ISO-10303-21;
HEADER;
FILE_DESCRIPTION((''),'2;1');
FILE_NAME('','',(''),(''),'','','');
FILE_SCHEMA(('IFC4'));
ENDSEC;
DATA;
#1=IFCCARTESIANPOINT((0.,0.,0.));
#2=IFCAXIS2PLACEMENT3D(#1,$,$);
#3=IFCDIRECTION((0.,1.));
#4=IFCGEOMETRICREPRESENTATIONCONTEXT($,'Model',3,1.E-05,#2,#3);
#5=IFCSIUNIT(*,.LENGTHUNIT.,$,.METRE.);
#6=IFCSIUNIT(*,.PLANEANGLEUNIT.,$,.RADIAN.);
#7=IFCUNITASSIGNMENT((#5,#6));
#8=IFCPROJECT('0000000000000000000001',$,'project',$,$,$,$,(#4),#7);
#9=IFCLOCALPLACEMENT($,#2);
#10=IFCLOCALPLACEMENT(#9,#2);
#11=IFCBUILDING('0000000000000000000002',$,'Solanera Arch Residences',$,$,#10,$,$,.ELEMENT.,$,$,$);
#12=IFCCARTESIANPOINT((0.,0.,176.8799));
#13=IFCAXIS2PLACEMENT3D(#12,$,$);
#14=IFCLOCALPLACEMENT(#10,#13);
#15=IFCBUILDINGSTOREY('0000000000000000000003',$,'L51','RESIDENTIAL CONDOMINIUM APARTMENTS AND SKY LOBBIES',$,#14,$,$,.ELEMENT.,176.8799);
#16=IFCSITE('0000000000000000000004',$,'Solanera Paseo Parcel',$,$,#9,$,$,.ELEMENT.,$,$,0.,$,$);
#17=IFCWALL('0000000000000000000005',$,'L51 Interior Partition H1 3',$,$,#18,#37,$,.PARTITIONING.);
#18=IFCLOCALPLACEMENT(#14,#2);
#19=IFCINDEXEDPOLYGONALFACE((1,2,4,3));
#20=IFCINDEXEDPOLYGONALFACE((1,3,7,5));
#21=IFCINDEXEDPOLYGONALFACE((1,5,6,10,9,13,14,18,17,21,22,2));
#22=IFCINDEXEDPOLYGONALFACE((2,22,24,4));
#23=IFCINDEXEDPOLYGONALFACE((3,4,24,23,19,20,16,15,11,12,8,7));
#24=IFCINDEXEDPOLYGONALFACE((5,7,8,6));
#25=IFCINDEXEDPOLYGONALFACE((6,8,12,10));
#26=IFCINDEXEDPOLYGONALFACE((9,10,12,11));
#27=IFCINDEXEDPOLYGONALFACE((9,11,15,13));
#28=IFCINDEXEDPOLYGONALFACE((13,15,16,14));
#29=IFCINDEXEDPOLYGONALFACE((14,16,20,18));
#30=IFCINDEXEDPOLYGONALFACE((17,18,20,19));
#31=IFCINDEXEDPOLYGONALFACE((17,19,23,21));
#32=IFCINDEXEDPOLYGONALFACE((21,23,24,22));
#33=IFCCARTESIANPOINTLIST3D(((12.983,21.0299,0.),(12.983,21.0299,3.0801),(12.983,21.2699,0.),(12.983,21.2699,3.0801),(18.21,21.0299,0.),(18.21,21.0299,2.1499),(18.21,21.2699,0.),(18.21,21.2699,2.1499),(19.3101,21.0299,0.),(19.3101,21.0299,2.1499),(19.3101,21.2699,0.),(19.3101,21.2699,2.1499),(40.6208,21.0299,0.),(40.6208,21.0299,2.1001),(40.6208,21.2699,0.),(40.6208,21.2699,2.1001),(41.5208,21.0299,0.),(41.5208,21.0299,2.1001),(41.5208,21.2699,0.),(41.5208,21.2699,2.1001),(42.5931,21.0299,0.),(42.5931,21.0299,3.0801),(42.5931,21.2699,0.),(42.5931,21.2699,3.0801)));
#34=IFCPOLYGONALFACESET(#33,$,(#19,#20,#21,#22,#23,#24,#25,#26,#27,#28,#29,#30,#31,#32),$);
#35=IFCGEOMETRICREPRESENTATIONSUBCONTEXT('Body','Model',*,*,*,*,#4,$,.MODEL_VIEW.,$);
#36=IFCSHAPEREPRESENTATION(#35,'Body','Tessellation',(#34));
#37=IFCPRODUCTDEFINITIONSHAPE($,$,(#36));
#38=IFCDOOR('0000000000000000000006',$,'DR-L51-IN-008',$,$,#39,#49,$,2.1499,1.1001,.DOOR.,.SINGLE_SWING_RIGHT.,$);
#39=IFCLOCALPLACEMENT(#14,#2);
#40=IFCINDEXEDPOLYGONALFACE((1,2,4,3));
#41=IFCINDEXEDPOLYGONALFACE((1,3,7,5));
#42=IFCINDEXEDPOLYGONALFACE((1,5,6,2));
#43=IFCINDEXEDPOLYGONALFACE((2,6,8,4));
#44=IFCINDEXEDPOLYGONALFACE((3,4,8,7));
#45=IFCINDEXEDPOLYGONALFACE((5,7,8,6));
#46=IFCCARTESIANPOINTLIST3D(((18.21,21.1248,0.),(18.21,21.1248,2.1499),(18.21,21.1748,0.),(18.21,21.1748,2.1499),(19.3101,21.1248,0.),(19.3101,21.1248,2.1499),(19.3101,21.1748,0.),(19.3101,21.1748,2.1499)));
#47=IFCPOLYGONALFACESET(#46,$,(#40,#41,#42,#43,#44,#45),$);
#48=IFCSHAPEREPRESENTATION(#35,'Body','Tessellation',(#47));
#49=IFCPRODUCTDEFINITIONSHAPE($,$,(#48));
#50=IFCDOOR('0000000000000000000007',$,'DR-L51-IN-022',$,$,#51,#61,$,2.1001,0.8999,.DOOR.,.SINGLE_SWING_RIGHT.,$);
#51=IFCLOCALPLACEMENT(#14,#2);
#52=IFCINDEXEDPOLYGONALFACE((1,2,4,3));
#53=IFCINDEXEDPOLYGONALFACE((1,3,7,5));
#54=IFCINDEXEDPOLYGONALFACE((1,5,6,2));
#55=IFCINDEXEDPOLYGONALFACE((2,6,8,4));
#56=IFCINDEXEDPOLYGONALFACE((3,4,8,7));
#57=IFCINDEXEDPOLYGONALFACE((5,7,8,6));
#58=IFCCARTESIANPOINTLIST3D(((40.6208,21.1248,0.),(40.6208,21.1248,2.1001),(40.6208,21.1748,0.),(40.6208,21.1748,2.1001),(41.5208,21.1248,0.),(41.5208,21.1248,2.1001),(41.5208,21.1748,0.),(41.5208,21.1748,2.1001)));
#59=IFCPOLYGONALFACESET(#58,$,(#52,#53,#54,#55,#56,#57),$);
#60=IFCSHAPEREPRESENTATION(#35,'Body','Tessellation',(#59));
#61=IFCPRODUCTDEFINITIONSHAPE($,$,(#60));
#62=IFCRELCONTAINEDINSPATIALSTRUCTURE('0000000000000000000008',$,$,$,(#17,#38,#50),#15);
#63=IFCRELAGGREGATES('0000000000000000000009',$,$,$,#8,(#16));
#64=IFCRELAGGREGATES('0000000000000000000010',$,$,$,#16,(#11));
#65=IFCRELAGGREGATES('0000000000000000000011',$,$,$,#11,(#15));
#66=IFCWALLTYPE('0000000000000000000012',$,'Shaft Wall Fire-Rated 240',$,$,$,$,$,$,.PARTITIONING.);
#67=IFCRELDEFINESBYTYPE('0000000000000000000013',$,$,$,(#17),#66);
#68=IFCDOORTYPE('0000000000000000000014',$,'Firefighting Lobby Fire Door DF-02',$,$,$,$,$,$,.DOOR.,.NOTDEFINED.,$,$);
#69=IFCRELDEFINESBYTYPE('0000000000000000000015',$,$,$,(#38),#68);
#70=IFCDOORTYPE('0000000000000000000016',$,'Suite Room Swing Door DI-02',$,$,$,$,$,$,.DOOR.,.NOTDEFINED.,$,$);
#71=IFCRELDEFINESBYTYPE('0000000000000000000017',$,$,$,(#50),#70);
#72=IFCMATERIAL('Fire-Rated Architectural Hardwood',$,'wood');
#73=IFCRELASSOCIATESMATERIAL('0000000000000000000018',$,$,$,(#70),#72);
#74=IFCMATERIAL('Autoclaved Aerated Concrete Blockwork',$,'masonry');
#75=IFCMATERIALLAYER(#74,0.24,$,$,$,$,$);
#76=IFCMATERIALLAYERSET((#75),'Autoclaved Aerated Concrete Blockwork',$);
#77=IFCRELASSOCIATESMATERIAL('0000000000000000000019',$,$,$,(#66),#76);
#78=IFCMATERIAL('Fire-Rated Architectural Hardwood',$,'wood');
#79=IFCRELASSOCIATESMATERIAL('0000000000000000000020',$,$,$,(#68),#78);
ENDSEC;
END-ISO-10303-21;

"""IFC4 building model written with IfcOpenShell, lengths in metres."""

from ifc_helpers import new_model, si_unit, direction, frame, frame_2d, origin, place, context, subcontext, project, spatial, rectangle, extrude, material, layer, layer_set, type_object, element, fill, save


model = new_model("IFC4")

# Units and contexts
model_context = context("Model", 3, precision=1e-05, world=origin(), true_north=direction((0.0, 1.0)))
body_context = subcontext(model_context, "Body", "Model", "MODEL_VIEW")
ifc_project = project(units=[si_unit("LENGTHUNIT", "METRE"), si_unit("PLANEANGLEUNIT", "RADIAN")], contexts=[model_context])

# Site, building, storey
site_placement = place(None, origin())
site = spatial("IfcSite", under=ifc_project, at=site_placement, Name="Solanera Paseo Parcel", CompositionType="ELEMENT", RefElevation=0.0)
building_placement = place(site_placement, origin())
building = spatial("IfcBuilding", under=site, at=building_placement, Name="Solanera Arch Residences", CompositionType="ELEMENT")
storey_placement = place(building_placement, frame((0.0, 0.0, 176.8799)))
storey = spatial("IfcBuildingStorey", under=building, at=storey_placement, Name="L51", Description="RESIDENTIAL CONDOMINIUM APARTMENTS AND SKY LOBBIES", CompositionType="ELEMENT", Elevation=176.8799)

# Shared definitions
ifc_material_1 = material(Name="Fire-Rated Architectural Hardwood", Category="wood")
door_type_1 = type_object("IfcDoorType", Name="Suite Room Swing Door DI-02", OperationType="NOTDEFINED", PredefinedType="DOOR", material=ifc_material_1)

# Shared definitions
ifc_material_2 = material(Name="Autoclaved Aerated Concrete Blockwork", Category="masonry")
ifc_layer_1 = layer(ifc_material_2, 0.24)
ifc_layer_set_1 = layer_set([ifc_layer_1], Name="Autoclaved Aerated Concrete Blockwork")
wall_type_1 = type_object("IfcWallType", Name="Shaft Wall Fire-Rated 240", PredefinedType="PARTITIONING", material=ifc_layer_set_1)

# Wall, openings, doors
wall_1_placement = place(storey_placement, frame((12.9829, 21.1499, 0.0), z_axis=(0.0, 0.0, 1.0), x_axis=(1.0, 0.0, 0.0)))
wall_1 = element("IfcWall", 1, at=wall_1_placement, inside=storey, type_object=wall_type_1, Name="L51 Interior Partition H1 3", PredefinedType="PARTITIONING", context=body_context, shape_type="SweptSolid", body=[
    extrude(rectangle(XDim=29.6101, YDim=0.24, at=frame_2d((14.8052, 0.0))), origin(), (0.0, 0.0, 1.0), 3.0801),
])
opening_1_placement = place(wall_1_placement, frame((5.2271, 0.0, 0.0)))
opening_1 = element("IfcOpeningElement", 2, at=opening_1_placement, cuts=wall_1, PredefinedType="OPENING", context=body_context, shape_type="SweptSolid", body=[
    extrude(rectangle(XDim=1.1001, YDim=2.1499, at=frame_2d((0.55, 1.075))), frame((0.0, 0.1299, 0.0), z_axis=(0.0, -1.0, 0.0), x_axis=(1.0, 0.0, 0.0)), (0.0, 0.0, 1.0), 0.26),
])
opening_2_placement = place(wall_1_placement, frame((27.6379, 0.0, 0.0)))
opening_2 = element("IfcOpeningElement", 3, at=opening_2_placement, cuts=wall_1, PredefinedType="OPENING", context=body_context, shape_type="SweptSolid", body=[
    extrude(rectangle(XDim=0.8999, YDim=2.1001, at=frame_2d((0.45, 1.05))), frame((0.0, 0.1299, 0.0), z_axis=(0.0, -1.0, 0.0), x_axis=(1.0, 0.0, 0.0)), (0.0, 0.0, 1.0), 0.26),
])
ifc_material_3 = material(Name="Fire-Rated Architectural Hardwood", Category="wood")
door_type_2 = type_object("IfcDoorType", Name="Firefighting Lobby Fire Door DF-02", OperationType="NOTDEFINED", PredefinedType="DOOR", material=ifc_material_3)
door_1_placement = place(opening_1_placement, origin())
door_1 = element("IfcDoor", 4, at=door_1_placement, inside=storey, type_object=door_type_2, Name="DR-L51-IN-008", OperationType="SINGLE_SWING_RIGHT", OverallHeight=2.1499, OverallWidth=1.1001, PredefinedType="DOOR", context=body_context, shape_type="SweptSolid", body=[
    extrude(rectangle(XDim=1.1001, YDim=2.1499, at=frame_2d((0.55, 1.075))), frame((0.0, 0.0249, 0.0), z_axis=(0.0, -1.0, 0.0), x_axis=(1.0, 0.0, 0.0)), (0.0, 0.0, 1.0), 0.05),
])
fill(opening_1, door_1)
door_2_placement = place(opening_2_placement, origin())
door_2 = element("IfcDoor", 5, at=door_2_placement, inside=storey, type_object=door_type_1, Name="DR-L51-IN-022", OperationType="SINGLE_SWING_RIGHT", OverallHeight=2.1001, OverallWidth=0.8999, PredefinedType="DOOR", context=body_context, shape_type="SweptSolid", body=[
    extrude(rectangle(XDim=0.8999, YDim=2.1001, at=frame_2d((0.45, 1.05))), frame((0.0, 0.0249, 0.0), z_axis=(0.0, -1.0, 0.0), x_axis=(1.0, 0.0, 0.0)), (0.0, 0.0, 1.0), 0.05),
])
fill(opening_2, door_2)

save(model, "model.ifc")
